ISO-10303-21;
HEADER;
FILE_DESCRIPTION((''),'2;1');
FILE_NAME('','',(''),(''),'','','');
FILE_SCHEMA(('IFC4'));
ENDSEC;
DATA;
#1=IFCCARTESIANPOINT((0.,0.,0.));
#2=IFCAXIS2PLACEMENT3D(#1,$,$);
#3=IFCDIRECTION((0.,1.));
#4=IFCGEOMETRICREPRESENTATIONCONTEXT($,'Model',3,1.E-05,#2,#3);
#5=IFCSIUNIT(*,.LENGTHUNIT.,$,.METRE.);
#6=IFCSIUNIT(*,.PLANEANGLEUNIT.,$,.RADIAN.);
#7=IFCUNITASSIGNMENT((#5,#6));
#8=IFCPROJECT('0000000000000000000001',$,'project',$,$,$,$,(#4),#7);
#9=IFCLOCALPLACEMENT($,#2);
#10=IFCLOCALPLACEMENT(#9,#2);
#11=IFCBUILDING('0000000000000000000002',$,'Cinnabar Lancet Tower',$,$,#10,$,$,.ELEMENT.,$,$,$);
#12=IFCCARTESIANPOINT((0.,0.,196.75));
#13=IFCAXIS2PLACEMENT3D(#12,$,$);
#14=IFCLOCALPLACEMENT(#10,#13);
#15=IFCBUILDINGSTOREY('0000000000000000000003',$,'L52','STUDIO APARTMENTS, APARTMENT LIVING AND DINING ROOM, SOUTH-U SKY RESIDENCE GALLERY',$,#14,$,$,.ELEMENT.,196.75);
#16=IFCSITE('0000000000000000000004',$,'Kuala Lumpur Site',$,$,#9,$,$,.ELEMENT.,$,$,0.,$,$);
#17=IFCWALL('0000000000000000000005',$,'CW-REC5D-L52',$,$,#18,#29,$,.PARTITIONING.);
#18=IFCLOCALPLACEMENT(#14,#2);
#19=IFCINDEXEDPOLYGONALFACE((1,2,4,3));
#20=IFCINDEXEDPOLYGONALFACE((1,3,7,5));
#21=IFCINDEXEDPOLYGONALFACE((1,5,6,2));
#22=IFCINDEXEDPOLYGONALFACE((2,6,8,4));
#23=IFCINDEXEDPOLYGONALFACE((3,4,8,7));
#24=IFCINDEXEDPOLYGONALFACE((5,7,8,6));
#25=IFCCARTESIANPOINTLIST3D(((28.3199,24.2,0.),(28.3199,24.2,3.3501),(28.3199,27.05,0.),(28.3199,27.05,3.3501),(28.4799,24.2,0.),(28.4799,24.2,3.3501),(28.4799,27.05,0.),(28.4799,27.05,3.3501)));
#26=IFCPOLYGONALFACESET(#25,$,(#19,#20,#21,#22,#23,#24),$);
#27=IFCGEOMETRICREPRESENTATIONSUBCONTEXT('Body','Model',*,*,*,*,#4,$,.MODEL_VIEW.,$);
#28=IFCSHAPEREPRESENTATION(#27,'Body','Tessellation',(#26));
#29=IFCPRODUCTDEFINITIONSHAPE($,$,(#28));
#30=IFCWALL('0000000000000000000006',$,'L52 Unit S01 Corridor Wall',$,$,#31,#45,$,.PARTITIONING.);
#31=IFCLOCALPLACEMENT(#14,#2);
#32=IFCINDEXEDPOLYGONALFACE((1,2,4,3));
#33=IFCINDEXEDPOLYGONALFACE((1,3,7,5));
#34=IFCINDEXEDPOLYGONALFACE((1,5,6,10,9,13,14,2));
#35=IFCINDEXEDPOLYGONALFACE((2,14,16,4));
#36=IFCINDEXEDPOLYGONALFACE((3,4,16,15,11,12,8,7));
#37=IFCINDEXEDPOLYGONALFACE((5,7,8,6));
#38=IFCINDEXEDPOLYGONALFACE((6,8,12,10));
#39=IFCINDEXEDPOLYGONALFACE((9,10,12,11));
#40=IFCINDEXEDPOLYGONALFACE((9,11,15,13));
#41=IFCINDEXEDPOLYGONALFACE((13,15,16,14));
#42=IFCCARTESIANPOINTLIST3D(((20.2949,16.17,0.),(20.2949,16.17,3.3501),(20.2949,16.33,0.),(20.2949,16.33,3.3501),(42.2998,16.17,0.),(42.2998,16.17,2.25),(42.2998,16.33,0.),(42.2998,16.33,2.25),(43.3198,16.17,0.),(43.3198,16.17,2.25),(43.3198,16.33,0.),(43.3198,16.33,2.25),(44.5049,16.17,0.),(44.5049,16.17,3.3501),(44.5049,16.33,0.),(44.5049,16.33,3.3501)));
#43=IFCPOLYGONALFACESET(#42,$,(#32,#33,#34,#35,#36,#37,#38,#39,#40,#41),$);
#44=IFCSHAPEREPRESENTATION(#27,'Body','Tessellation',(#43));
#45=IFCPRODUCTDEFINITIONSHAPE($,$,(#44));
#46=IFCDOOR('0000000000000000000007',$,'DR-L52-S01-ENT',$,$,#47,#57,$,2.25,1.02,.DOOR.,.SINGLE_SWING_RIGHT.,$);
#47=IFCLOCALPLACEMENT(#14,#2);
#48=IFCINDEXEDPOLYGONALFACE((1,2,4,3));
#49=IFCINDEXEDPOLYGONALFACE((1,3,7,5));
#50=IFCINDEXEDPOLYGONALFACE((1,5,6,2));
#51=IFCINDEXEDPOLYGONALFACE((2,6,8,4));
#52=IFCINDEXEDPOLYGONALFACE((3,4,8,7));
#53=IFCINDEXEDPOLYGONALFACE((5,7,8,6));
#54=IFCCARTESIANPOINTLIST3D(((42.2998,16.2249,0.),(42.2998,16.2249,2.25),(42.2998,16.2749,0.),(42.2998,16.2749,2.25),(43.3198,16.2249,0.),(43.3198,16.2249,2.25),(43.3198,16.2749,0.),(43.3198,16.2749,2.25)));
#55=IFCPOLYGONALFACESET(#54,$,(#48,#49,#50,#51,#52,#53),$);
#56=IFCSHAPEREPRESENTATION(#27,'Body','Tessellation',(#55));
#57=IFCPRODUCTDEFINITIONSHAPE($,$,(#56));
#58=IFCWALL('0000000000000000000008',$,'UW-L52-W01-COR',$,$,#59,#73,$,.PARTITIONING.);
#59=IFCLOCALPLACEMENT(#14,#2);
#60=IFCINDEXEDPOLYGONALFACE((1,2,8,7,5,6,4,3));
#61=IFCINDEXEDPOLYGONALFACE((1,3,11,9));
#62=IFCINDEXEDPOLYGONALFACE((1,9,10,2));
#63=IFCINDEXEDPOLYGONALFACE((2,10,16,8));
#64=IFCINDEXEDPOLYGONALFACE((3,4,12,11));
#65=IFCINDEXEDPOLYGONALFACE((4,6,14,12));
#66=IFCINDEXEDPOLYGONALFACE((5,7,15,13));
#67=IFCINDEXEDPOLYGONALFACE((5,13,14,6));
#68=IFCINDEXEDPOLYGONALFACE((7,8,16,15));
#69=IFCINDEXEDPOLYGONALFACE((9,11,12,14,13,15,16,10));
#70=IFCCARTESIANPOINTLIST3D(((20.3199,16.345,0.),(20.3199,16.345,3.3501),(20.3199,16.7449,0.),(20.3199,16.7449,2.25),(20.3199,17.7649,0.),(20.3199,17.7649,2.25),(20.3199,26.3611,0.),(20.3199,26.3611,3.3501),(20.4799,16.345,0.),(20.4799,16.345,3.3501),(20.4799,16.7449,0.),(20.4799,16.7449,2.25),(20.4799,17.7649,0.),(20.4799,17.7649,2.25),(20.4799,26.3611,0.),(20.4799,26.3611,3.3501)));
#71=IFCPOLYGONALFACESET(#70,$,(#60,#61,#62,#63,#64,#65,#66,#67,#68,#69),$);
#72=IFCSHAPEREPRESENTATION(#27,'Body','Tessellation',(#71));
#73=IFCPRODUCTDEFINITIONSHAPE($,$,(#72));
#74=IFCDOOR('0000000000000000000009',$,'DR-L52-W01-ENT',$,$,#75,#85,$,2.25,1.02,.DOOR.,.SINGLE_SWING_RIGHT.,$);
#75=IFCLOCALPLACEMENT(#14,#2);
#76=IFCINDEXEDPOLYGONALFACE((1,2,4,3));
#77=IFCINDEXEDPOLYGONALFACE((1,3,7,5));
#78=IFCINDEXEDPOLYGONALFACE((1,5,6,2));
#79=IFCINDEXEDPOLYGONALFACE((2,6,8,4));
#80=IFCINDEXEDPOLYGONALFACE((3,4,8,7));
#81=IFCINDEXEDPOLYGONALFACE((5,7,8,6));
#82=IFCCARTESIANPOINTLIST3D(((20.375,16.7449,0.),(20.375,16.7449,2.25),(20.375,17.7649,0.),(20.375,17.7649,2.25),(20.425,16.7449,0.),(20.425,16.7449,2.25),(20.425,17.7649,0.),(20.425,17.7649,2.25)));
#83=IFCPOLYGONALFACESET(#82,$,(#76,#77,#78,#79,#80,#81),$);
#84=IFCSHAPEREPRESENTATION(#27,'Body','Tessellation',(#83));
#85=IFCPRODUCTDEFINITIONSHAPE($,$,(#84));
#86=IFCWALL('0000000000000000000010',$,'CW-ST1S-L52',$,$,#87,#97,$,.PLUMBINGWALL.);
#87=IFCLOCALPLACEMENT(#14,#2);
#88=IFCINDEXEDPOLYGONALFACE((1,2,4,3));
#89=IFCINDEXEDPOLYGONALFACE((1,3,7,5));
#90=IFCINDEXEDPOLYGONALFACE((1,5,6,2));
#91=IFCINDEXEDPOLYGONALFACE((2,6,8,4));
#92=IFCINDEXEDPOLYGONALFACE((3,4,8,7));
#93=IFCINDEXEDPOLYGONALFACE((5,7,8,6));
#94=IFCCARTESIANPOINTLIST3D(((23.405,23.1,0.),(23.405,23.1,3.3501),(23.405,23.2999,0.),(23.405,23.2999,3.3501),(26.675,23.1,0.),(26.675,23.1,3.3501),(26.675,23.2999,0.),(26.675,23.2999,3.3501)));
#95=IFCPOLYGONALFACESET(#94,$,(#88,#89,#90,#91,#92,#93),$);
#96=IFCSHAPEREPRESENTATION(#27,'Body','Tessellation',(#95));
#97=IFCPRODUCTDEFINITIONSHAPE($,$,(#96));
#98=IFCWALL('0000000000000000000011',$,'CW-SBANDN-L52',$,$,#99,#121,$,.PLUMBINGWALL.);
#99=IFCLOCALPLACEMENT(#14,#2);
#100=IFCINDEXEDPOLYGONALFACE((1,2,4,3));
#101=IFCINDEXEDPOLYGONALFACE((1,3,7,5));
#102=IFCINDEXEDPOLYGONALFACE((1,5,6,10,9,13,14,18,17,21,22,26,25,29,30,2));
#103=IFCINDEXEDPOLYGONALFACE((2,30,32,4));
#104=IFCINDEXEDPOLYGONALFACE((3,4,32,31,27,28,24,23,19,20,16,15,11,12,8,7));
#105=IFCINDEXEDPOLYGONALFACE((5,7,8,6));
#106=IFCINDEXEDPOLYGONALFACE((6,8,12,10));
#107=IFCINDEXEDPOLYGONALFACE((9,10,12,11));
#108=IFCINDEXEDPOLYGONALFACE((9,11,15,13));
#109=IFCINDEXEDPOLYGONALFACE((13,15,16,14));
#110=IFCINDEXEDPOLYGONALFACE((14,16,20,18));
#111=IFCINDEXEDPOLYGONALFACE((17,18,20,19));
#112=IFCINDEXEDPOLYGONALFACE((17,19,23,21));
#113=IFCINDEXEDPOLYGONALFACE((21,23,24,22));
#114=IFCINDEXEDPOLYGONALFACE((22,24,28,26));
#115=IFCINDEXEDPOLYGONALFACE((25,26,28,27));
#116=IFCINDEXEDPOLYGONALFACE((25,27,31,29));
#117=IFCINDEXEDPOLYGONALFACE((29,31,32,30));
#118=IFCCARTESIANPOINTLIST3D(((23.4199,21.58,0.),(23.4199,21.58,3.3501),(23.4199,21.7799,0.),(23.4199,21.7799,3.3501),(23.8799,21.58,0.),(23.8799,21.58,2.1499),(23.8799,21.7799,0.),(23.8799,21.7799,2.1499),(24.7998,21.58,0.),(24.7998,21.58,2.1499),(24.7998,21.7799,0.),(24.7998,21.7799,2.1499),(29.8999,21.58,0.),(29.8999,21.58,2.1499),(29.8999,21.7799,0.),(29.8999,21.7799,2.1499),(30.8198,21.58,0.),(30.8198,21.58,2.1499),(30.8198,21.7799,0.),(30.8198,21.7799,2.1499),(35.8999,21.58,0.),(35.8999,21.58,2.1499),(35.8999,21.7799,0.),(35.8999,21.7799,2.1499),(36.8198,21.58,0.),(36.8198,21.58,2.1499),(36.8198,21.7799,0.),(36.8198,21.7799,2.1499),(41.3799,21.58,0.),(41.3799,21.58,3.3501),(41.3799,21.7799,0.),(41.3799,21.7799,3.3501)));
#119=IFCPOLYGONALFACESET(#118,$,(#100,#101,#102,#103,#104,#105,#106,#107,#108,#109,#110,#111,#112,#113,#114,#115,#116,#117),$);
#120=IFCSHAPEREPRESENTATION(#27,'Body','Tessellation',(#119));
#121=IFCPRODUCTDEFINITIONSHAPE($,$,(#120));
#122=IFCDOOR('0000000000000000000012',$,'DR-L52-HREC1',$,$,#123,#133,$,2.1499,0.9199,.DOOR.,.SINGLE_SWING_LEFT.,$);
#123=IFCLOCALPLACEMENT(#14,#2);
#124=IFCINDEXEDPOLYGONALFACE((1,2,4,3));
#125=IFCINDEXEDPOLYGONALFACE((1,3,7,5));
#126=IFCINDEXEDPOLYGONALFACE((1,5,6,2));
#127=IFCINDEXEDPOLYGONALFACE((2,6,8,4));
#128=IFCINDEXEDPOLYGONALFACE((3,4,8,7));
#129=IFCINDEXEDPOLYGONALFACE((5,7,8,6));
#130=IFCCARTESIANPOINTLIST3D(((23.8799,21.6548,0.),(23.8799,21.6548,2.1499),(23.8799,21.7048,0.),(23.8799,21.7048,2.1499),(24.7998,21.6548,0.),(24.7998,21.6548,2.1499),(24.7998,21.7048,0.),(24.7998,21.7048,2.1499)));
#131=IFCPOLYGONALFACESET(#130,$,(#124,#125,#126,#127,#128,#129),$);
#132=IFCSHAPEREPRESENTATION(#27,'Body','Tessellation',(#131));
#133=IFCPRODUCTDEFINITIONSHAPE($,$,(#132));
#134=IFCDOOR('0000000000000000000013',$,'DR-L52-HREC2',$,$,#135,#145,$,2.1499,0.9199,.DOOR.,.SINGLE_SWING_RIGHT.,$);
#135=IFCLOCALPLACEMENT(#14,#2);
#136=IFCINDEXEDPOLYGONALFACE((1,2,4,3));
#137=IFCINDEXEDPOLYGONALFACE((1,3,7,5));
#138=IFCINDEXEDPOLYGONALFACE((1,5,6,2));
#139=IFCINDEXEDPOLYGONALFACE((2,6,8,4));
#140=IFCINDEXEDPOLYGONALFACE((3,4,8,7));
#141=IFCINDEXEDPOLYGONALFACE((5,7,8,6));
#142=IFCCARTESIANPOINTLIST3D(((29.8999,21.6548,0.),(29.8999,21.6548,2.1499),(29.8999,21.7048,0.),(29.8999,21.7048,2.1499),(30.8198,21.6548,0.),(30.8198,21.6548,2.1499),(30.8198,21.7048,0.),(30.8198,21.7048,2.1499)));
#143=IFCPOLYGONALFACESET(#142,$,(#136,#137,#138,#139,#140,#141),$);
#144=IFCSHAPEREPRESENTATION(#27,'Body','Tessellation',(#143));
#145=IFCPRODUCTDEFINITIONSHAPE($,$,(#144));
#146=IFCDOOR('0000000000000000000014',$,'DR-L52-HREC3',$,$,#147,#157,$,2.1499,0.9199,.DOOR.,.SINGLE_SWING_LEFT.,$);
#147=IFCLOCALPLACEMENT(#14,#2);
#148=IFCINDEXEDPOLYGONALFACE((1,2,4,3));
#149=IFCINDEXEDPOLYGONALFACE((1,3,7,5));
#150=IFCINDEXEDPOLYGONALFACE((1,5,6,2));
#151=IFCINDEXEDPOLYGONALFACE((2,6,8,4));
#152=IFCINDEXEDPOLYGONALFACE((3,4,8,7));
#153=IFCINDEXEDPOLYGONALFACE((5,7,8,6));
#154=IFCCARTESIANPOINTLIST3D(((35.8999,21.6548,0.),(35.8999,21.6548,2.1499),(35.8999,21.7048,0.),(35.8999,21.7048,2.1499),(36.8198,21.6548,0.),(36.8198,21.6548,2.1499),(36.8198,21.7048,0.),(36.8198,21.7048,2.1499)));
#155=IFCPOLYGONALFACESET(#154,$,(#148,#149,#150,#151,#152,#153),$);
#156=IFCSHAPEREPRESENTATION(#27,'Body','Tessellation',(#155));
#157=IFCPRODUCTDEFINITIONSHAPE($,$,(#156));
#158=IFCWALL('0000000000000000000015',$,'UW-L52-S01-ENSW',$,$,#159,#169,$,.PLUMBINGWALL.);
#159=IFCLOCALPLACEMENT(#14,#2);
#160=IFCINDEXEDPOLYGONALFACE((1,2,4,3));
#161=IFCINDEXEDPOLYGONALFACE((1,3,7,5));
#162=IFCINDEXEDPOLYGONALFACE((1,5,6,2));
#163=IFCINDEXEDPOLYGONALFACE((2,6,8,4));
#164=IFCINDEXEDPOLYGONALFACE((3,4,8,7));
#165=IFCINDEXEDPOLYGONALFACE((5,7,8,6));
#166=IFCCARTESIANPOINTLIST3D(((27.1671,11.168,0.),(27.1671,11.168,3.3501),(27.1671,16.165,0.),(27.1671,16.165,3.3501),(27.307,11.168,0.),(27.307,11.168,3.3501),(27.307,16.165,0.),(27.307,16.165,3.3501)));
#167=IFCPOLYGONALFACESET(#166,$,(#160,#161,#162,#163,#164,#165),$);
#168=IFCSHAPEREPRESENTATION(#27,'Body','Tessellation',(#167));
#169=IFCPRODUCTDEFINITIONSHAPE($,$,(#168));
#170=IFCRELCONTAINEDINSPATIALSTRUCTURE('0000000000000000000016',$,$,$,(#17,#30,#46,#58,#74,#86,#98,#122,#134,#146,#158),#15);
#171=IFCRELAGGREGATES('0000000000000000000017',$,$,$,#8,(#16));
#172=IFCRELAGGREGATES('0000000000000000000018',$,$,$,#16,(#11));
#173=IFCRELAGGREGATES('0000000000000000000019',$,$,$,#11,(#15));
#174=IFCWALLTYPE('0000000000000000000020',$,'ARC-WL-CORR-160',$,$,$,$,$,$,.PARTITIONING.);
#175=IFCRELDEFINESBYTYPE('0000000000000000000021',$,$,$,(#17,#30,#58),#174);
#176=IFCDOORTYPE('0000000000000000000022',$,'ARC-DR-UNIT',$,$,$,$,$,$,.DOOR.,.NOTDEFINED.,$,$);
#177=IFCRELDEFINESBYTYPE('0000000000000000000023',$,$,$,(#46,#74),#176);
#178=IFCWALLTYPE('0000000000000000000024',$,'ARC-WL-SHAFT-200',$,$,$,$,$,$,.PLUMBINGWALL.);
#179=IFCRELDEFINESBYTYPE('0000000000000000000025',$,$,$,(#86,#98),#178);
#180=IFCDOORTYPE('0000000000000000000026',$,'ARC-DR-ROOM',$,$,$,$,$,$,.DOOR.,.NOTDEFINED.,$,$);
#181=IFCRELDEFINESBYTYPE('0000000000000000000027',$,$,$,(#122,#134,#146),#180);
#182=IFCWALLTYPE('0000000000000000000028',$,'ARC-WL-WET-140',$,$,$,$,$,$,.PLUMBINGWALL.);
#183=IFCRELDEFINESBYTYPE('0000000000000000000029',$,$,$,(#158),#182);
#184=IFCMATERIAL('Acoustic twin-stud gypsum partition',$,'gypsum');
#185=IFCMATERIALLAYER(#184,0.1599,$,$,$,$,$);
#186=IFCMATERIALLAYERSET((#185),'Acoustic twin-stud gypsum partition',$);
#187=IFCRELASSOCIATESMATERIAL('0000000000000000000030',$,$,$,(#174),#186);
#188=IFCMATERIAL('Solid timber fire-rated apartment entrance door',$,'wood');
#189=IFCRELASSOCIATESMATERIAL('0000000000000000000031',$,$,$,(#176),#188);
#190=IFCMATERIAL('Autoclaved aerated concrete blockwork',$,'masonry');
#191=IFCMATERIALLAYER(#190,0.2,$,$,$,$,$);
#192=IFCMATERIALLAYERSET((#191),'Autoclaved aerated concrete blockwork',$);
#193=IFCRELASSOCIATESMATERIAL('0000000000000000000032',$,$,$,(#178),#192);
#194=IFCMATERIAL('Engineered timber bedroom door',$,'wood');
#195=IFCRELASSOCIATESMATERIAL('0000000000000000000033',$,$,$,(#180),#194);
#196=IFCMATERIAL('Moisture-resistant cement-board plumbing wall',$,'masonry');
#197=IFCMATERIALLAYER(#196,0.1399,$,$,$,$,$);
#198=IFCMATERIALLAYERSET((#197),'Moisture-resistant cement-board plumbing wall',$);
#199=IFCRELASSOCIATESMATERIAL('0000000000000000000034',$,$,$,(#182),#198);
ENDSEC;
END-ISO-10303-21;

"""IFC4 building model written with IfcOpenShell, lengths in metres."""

from ifc_helpers import new_model, si_unit, direction, frame, frame_2d, origin, place, context, subcontext, project, spatial, rectangle, extrude, material, layer, layer_set, type_object, element, fill, save


model = new_model("IFC4")

# Units and contexts
model_context = context("Model", 3, precision=1e-05, world=origin(), true_north=direction((0.0, 1.0)))
body_context = subcontext(model_context, "Body", "Model", "MODEL_VIEW")
ifc_project = project(units=[si_unit("LENGTHUNIT", "METRE"), si_unit("PLANEANGLEUNIT", "RADIAN")], contexts=[model_context])

# Site, building, storey
site_placement = place(None, origin())
site = spatial("IfcSite", under=ifc_project, at=site_placement, Name="Kuala Lumpur Site", CompositionType="ELEMENT", RefElevation=0.0)
building_placement = place(site_placement, origin())
building = spatial("IfcBuilding", under=site, at=building_placement, Name="Cinnabar Lancet Tower", CompositionType="ELEMENT")
storey_placement = place(building_placement, frame((0.0, 0.0, 196.75)))
storey = spatial("IfcBuildingStorey", under=building, at=storey_placement, Name="L52", Description="STUDIO APARTMENTS, APARTMENT LIVING AND DINING ROOM, SOUTH-U SKY RESIDENCE GALLERY", CompositionType="ELEMENT", Elevation=196.75)

# Shared definitions
ifc_material_1 = material(Name="Acoustic twin-stud gypsum partition", Category="gypsum")
ifc_layer_1 = layer(ifc_material_1, 0.1599)
ifc_layer_set_1 = layer_set([ifc_layer_1], Name="Acoustic twin-stud gypsum partition")
wall_type_1 = type_object("IfcWallType", Name="ARC-WL-CORR-160", PredefinedType="PARTITIONING", material=ifc_layer_set_1)

# Wall
wall_1_placement = place(storey_placement, frame((28.3999, 24.2, 0.0), z_axis=(0.0, 0.0, 1.0), x_axis=(0.0, 1.0, 0.0)))
element("IfcWall", 1, at=wall_1_placement, inside=storey, type_object=wall_type_1, Name="CW-REC5D-L52", PredefinedType="PARTITIONING", context=body_context, shape_type="SweptSolid", body=[
    extrude(rectangle(XDim=2.8501, YDim=0.1599, at=frame_2d((1.425, 0.0))), origin(), (0.0, 0.0, 1.0), 3.3501),
])

# Walls, openings, doors
wall_2_placement = place(storey_placement, frame((20.2949, 16.25, 0.0), z_axis=(0.0, 0.0, 1.0), x_axis=(1.0, 0.0, 0.0)))
wall_2 = element("IfcWall", 2, at=wall_2_placement, inside=storey, type_object=wall_type_1, Name="L52 Unit S01 Corridor Wall", PredefinedType="PARTITIONING", context=body_context, shape_type="SweptSolid", body=[
    extrude(rectangle(XDim=24.21, YDim=0.1599, at=frame_2d((12.105, 0.0))), origin(), (0.0, 0.0, 1.0), 3.3501),
])
opening_1_placement = place(wall_2_placement, frame((22.0049, 0.0, 0.0)))
opening_1 = element("IfcOpeningElement", 3, at=opening_1_placement, cuts=wall_2, PredefinedType="OPENING", context=body_context, shape_type="SweptSolid", body=[
    extrude(rectangle(XDim=1.02, YDim=2.25, at=frame_2d((0.51, 1.125))), frame((0.0, 0.0898, 0.0), z_axis=(0.0, -1.0, 0.0), x_axis=(1.0, 0.0, 0.0)), (0.0, 0.0, 1.0), 0.1799),
])
ifc_material_2 = material(Name="Solid timber fire-rated apartment entrance door", Category="wood")
door_type_1 = type_object("IfcDoorType", Name="ARC-DR-UNIT", OperationType="NOTDEFINED", PredefinedType="DOOR", material=ifc_material_2)
door_1_placement = place(opening_1_placement, origin())
door_1 = element("IfcDoor", 4, at=door_1_placement, inside=storey, type_object=door_type_1, Name="DR-L52-S01-ENT", OperationType="SINGLE_SWING_RIGHT", OverallHeight=2.25, OverallWidth=1.02, PredefinedType="DOOR", context=body_context, shape_type="SweptSolid", body=[
    extrude(rectangle(XDim=1.02, YDim=2.25, at=frame_2d((0.51, 1.125))), frame((0.0, 0.0249, 0.0), z_axis=(0.0, -1.0, 0.0), x_axis=(1.0, 0.0, 0.0)), (0.0, 0.0, 1.0), 0.05),
])
fill(opening_1, door_1)
wall_3_placement = place(storey_placement, frame((20.3999, 16.345, 0.0), z_axis=(0.0, 0.0, 1.0), x_axis=(0.0, 1.0, 0.0)))
wall_3 = element("IfcWall", 5, at=wall_3_placement, inside=storey, type_object=wall_type_1, Name="UW-L52-W01-COR", PredefinedType="PARTITIONING", context=body_context, shape_type="SweptSolid", body=[
    extrude(rectangle(XDim=10.0161, YDim=0.1599, at=frame_2d((5.0081, 0.0))), origin(), (0.0, 0.0, 1.0), 3.3501),
])
opening_2_placement = place(wall_3_placement, frame((0.3999, 0.0, 0.0)))
opening_2 = element("IfcOpeningElement", 6, at=opening_2_placement, cuts=wall_3, PredefinedType="OPENING", context=body_context, shape_type="SweptSolid", body=[
    extrude(rectangle(XDim=1.02, YDim=2.25, at=frame_2d((0.51, 1.125))), frame((0.0, 0.0898, 0.0), z_axis=(0.0, -1.0, 0.0), x_axis=(1.0, 0.0, 0.0)), (0.0, 0.0, 1.0), 0.1799),
])
door_2_placement = place(opening_2_placement, origin())
door_2 = element("IfcDoor", 7, at=door_2_placement, inside=storey, type_object=door_type_1, Name="DR-L52-W01-ENT", OperationType="SINGLE_SWING_RIGHT", OverallHeight=2.25, OverallWidth=1.02, PredefinedType="DOOR", context=body_context, shape_type="SweptSolid", body=[
    extrude(rectangle(XDim=1.02, YDim=2.25, at=frame_2d((0.51, 1.125))), frame((0.0, 0.0249, 0.0), z_axis=(0.0, -1.0, 0.0), x_axis=(1.0, 0.0, 0.0)), (0.0, 0.0, 1.0), 0.05),
])
fill(opening_2, door_2)

# Wall
ifc_material_3 = material(Name="Autoclaved aerated concrete blockwork", Category="masonry")
ifc_layer_2 = layer(ifc_material_3, 0.2)
ifc_layer_set_2 = layer_set([ifc_layer_2], Name="Autoclaved aerated concrete blockwork")
wall_type_2 = type_object("IfcWallType", Name="ARC-WL-SHAFT-200", PredefinedType="PLUMBINGWALL", material=ifc_layer_set_2)
wall_4_placement = place(storey_placement, frame((23.405, 23.2, 0.0), z_axis=(0.0, 0.0, 1.0), x_axis=(1.0, 0.0, 0.0)))
element("IfcWall", 8, at=wall_4_placement, inside=storey, type_object=wall_type_2, Name="CW-ST1S-L52", PredefinedType="PLUMBINGWALL", context=body_context, shape_type="SweptSolid", body=[
    extrude(rectangle(XDim=3.27, YDim=0.2, at=frame_2d((1.635, 0.0))), origin(), (0.0, 0.0, 1.0), 3.3501),
])

# Wall, openings, doors
wall_5_placement = place(storey_placement, frame((23.4199, 21.6799, 0.0), z_axis=(0.0, 0.0, 1.0), x_axis=(1.0, 0.0, 0.0)))
wall_5 = element("IfcWall", 9, at=wall_5_placement, inside=storey, type_object=wall_type_2, Name="CW-SBANDN-L52", PredefinedType="PLUMBINGWALL", context=body_context, shape_type="SweptSolid", body=[
    extrude(rectangle(XDim=17.96, YDim=0.2, at=frame_2d((8.98, 0.0))), origin(), (0.0, 0.0, 1.0), 3.3501),
])
opening_3_placement = place(wall_5_placement, frame((0.46, 0.0, 0.0)))
opening_3 = element("IfcOpeningElement", 10, at=opening_3_placement, cuts=wall_5, PredefinedType="OPENING", context=body_context, shape_type="SweptSolid", body=[
    extrude(rectangle(XDim=0.9199, YDim=2.1499, at=frame_2d((0.46, 1.075))), frame((0.0, 0.1099, 0.0), z_axis=(0.0, -1.0, 0.0), x_axis=(1.0, 0.0, 0.0)), (0.0, 0.0, 1.0), 0.22),
])
opening_4_placement = place(wall_5_placement, frame((6.48, 0.0, 0.0)))
opening_4 = element("IfcOpeningElement", 11, at=opening_4_placement, cuts=wall_5, PredefinedType="OPENING", context=body_context, shape_type="SweptSolid", body=[
    extrude(rectangle(XDim=0.9199, YDim=2.1499, at=frame_2d((0.46, 1.075))), frame((0.0, 0.1099, 0.0), z_axis=(0.0, -1.0, 0.0), x_axis=(1.0, 0.0, 0.0)), (0.0, 0.0, 1.0), 0.22),
])
opening_5_placement = place(wall_5_placement, frame((12.48, 0.0, 0.0)))
opening_5 = element("IfcOpeningElement", 12, at=opening_5_placement, cuts=wall_5, PredefinedType="OPENING", context=body_context, shape_type="SweptSolid", body=[
    extrude(rectangle(XDim=0.9199, YDim=2.1499, at=frame_2d((0.46, 1.075))), frame((0.0, 0.1099, 0.0), z_axis=(0.0, -1.0, 0.0), x_axis=(1.0, 0.0, 0.0)), (0.0, 0.0, 1.0), 0.22),
])
ifc_material_4 = material(Name="Engineered timber bedroom door", Category="wood")
door_type_2 = type_object("IfcDoorType", Name="ARC-DR-ROOM", OperationType="NOTDEFINED", PredefinedType="DOOR", material=ifc_material_4)
door_3_placement = place(opening_3_placement, origin())
door_3 = element("IfcDoor", 13, at=door_3_placement, inside=storey, type_object=door_type_2, Name="DR-L52-HREC1", OperationType="SINGLE_SWING_LEFT", OverallHeight=2.1499, OverallWidth=0.9199, PredefinedType="DOOR", context=body_context, shape_type="SweptSolid", body=[
    extrude(rectangle(XDim=0.9199, YDim=2.1499, at=frame_2d((0.46, 1.075))), frame((0.0, 0.0249, 0.0), z_axis=(0.0, -1.0, 0.0), x_axis=(1.0, 0.0, 0.0)), (0.0, 0.0, 1.0), 0.05),
])
fill(opening_3, door_3)
door_4_placement = place(opening_4_placement, origin())
door_4 = element("IfcDoor", 14, at=door_4_placement, inside=storey, type_object=door_type_2, Name="DR-L52-HREC2", OperationType="SINGLE_SWING_RIGHT", OverallHeight=2.1499, OverallWidth=0.9199, PredefinedType="DOOR", context=body_context, shape_type="SweptSolid", body=[
    extrude(rectangle(XDim=0.9199, YDim=2.1499, at=frame_2d((0.46, 1.075))), frame((0.0, 0.0249, 0.0), z_axis=(0.0, -1.0, 0.0), x_axis=(1.0, 0.0, 0.0)), (0.0, 0.0, 1.0), 0.05),
])
fill(opening_4, door_4)
door_5_placement = place(opening_5_placement, origin())
door_5 = element("IfcDoor", 15, at=door_5_placement, inside=storey, type_object=door_type_2, Name="DR-L52-HREC3", OperationType="SINGLE_SWING_LEFT", OverallHeight=2.1499, OverallWidth=0.9199, PredefinedType="DOOR", context=body_context, shape_type="SweptSolid", body=[
    extrude(rectangle(XDim=0.9199, YDim=2.1499, at=frame_2d((0.46, 1.075))), frame((0.0, 0.0249, 0.0), z_axis=(0.0, -1.0, 0.0), x_axis=(1.0, 0.0, 0.0)), (0.0, 0.0, 1.0), 0.05),
])
fill(opening_5, door_5)

# Wall
ifc_material_5 = material(Name="Moisture-resistant cement-board plumbing wall", Category="masonry")
ifc_layer_3 = layer(ifc_material_5, 0.1399)
ifc_layer_set_3 = layer_set([ifc_layer_3], Name="Moisture-resistant cement-board plumbing wall")
wall_type_3 = type_object("IfcWallType", Name="ARC-WL-WET-140", PredefinedType="PLUMBINGWALL", material=ifc_layer_set_3)
wall_6_placement = place(storey_placement, frame((27.2371, 11.168, 0.0), z_axis=(0.0, 0.0, 1.0), x_axis=(0.0, 1.0, 0.0)))
element("IfcWall", 16, at=wall_6_placement, inside=storey, type_object=wall_type_3, Name="UW-L52-S01-ENSW", PredefinedType="PLUMBINGWALL", context=body_context, shape_type="SweptSolid", body=[
    extrude(rectangle(XDim=4.9971, YDim=0.1399, at=frame_2d((2.4985, 0.0))), origin(), (0.0, 0.0, 1.0), 3.3501),
])

save(model, "model.ifc")
